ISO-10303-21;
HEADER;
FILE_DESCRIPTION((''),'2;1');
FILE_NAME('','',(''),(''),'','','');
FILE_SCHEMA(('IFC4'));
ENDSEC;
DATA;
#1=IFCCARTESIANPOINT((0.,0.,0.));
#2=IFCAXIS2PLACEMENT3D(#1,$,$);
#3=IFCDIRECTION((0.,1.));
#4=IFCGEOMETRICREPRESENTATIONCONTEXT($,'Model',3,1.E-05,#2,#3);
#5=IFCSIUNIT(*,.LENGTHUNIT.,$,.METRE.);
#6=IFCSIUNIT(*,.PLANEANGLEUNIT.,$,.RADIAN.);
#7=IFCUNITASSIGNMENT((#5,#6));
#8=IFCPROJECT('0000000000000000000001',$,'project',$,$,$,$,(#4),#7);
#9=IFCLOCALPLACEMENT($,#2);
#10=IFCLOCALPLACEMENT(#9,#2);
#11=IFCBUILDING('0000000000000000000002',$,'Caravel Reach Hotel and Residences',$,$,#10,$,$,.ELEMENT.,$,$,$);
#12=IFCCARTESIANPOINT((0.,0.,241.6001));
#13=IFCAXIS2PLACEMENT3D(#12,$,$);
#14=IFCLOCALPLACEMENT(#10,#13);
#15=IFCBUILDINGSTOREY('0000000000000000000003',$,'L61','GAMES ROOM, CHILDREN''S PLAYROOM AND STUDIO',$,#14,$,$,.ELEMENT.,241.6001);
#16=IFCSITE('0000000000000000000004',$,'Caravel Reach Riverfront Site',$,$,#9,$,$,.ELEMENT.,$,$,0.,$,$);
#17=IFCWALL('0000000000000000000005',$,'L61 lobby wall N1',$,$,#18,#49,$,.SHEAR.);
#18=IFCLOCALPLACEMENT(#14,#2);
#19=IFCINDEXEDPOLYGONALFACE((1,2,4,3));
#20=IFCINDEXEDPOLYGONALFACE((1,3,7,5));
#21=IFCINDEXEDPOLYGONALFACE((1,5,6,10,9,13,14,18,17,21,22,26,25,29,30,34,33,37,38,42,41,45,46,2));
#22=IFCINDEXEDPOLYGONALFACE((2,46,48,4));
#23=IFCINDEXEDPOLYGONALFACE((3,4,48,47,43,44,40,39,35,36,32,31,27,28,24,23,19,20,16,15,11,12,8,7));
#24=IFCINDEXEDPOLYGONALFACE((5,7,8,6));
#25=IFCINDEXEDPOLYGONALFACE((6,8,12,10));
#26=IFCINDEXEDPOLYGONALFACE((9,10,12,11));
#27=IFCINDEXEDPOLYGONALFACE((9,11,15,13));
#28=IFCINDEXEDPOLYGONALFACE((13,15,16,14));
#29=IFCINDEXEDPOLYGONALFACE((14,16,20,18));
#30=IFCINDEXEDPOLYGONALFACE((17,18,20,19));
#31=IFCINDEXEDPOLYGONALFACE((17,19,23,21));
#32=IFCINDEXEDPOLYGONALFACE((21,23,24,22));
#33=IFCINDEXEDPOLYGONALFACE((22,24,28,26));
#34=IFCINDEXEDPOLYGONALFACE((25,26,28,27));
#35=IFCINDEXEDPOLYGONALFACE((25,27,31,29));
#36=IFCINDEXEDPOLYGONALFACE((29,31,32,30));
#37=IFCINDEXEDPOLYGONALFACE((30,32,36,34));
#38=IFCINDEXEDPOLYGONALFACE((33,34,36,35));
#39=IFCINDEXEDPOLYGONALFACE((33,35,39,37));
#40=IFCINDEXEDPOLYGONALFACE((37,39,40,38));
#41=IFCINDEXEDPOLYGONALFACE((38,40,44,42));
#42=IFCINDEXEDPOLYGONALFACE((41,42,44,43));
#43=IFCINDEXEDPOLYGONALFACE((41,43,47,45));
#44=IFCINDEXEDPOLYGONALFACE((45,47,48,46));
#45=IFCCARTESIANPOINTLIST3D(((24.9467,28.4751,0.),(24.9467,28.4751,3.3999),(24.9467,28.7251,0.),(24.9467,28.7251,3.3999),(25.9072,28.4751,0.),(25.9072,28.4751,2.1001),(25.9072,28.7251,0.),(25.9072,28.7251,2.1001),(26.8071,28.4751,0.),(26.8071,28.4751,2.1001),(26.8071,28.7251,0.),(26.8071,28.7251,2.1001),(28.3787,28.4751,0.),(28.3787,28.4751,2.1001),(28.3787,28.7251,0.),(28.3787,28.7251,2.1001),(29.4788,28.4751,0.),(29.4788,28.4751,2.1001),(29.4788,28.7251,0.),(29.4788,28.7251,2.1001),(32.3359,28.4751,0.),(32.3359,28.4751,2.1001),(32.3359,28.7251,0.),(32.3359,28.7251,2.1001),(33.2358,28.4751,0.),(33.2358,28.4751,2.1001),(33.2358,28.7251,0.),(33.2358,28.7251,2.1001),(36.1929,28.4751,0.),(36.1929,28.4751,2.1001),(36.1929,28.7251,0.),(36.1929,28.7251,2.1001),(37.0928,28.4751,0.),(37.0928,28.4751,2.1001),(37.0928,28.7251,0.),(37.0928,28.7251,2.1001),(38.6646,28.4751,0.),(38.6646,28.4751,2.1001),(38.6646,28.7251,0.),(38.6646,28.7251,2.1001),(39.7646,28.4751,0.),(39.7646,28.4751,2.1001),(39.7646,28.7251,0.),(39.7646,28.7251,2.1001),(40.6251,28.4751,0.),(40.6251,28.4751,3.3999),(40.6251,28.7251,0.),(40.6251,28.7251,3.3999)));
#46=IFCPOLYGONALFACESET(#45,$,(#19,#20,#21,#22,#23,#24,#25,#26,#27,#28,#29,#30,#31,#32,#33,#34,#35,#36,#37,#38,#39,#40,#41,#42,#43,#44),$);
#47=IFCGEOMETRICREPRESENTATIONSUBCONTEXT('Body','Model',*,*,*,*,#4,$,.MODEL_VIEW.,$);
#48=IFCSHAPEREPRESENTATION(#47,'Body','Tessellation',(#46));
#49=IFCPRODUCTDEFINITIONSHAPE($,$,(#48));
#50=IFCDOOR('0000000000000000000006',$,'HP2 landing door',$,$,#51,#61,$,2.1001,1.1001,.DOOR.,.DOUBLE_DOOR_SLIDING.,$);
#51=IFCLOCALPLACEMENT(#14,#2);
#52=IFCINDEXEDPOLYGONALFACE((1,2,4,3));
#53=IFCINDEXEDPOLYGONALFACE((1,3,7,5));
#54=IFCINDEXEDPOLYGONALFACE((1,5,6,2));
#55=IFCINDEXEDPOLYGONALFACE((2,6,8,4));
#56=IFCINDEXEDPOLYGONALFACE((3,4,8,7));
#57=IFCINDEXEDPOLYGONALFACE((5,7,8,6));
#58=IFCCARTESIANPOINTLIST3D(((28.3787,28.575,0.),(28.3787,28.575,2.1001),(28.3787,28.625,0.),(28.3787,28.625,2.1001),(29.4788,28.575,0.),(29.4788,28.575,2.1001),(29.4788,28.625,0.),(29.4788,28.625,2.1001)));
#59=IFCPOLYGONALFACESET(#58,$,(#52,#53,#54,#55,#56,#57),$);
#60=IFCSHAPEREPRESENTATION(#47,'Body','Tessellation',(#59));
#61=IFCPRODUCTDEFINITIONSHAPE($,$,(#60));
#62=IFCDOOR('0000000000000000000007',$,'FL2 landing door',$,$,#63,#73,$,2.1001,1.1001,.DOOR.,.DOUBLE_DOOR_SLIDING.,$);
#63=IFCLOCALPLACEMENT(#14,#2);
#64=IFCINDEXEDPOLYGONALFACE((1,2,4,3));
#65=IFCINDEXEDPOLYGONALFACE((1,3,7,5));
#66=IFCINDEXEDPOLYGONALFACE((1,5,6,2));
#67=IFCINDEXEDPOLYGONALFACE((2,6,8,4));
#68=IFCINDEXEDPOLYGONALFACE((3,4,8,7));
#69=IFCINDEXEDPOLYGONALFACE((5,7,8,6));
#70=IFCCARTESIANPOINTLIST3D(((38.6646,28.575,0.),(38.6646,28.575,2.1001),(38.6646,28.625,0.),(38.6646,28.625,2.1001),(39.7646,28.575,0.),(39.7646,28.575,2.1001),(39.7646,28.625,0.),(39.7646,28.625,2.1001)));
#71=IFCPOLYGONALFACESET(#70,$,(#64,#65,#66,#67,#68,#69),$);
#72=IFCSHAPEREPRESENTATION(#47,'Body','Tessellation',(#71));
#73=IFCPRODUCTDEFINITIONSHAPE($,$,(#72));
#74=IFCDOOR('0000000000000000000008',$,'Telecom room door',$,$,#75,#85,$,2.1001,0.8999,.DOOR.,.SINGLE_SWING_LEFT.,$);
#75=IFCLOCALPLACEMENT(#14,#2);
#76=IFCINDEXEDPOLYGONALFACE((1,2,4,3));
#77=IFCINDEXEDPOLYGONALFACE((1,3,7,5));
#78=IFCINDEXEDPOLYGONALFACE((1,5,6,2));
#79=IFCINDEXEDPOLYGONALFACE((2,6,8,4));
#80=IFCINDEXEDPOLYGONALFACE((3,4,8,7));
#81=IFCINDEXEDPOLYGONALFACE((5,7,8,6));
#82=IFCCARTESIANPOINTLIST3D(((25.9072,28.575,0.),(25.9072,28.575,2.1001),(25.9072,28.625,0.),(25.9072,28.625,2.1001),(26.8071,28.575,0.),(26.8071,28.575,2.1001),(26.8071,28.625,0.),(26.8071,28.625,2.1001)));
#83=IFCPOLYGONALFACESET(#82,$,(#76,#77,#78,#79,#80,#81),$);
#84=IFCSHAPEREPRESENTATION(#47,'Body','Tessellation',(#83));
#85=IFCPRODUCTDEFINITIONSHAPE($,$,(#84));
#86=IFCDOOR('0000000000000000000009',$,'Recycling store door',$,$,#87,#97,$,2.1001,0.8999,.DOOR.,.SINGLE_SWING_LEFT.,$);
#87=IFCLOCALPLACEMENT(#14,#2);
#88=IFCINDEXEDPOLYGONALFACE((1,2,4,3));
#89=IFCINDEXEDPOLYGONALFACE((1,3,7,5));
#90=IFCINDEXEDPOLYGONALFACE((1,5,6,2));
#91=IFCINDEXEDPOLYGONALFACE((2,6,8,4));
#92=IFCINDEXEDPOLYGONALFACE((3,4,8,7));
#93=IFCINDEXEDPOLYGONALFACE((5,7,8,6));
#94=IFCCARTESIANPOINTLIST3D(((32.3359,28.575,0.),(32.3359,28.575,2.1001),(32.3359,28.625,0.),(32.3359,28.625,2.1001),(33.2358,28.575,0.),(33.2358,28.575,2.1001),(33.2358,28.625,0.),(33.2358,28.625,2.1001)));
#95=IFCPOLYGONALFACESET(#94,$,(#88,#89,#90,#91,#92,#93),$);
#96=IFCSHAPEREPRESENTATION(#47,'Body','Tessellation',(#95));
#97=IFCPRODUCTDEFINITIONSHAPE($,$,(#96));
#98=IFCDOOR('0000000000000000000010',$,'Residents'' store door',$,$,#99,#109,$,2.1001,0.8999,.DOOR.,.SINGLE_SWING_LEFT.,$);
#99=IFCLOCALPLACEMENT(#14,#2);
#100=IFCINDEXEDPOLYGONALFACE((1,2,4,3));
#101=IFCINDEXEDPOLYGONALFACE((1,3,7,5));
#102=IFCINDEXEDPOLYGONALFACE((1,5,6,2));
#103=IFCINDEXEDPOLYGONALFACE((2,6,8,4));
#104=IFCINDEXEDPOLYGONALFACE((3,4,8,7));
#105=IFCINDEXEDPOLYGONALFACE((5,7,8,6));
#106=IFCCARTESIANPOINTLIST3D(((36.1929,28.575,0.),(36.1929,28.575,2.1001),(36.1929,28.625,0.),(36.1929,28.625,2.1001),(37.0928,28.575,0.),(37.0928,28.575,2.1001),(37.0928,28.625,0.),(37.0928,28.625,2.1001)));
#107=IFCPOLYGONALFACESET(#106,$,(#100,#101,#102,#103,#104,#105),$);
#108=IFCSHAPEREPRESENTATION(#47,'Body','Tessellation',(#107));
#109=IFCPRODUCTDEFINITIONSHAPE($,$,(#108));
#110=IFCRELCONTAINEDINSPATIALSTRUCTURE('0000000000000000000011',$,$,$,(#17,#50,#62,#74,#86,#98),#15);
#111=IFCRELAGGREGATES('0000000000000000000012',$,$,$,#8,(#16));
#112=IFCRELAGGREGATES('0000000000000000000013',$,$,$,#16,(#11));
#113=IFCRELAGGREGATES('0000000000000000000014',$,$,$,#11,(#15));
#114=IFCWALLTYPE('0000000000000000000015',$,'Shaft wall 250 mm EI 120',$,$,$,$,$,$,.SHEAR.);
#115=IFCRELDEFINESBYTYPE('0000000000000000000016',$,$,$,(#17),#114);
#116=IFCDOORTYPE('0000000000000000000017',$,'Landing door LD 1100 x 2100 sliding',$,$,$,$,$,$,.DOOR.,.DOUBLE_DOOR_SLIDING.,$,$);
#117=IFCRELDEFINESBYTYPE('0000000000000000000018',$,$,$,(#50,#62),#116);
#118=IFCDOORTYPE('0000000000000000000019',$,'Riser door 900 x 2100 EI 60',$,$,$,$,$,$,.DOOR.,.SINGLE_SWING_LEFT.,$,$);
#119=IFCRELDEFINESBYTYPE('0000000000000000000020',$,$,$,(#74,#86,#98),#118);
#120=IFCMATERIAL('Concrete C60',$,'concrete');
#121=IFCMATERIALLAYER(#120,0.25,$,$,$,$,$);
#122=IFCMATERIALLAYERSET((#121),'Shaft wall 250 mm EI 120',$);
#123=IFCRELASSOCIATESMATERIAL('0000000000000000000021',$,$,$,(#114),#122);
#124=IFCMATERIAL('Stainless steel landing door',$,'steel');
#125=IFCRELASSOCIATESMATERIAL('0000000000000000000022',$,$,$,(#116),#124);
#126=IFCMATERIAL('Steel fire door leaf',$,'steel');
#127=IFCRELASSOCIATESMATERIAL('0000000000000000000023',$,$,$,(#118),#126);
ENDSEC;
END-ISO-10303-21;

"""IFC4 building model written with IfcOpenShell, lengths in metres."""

from ifc_helpers import new_model, si_unit, direction, frame, frame_2d, origin, place, context, subcontext, project, spatial, rectangle, extrude, material, layer, layer_set, type_object, element, fill, save


model = new_model("IFC4")

# Units and contexts
model_context = context("Model", 3, precision=1e-05, world=origin(), true_north=direction((0.0, 1.0)))
body_context = subcontext(model_context, "Body", "Model", "MODEL_VIEW")
ifc_project = project(units=[si_unit("LENGTHUNIT", "METRE"), si_unit("PLANEANGLEUNIT", "RADIAN")], contexts=[model_context])

# Site, building, storey
site_placement = place(None, origin())
site = spatial("IfcSite", under=ifc_project, at=site_placement, Name="Caravel Reach Riverfront Site", CompositionType="ELEMENT", RefElevation=0.0)
building_placement = place(site_placement, origin())
building = spatial("IfcBuilding", under=site, at=building_placement, Name="Caravel Reach Hotel and Residences", CompositionType="ELEMENT")
storey_placement = place(building_placement, frame((0.0, 0.0, 241.6001)))
storey = spatial("IfcBuildingStorey", under=building, at=storey_placement, Name="L61", Description="GAMES ROOM, CHILDREN'S PLAYROOM AND STUDIO", CompositionType="ELEMENT", Elevation=241.6001)

# Wall, openings, doors
ifc_material_1 = material(Name="Concrete C60", Category="concrete")
ifc_layer_1 = layer(ifc_material_1, 0.25)
ifc_layer_set_1 = layer_set([ifc_layer_1], Name="Shaft wall 250 mm EI 120")
wall_type_1 = type_object("IfcWallType", Name="Shaft wall 250 mm EI 120", PredefinedType="SHEAR", material=ifc_layer_set_1)
ifc_material_2 = material(Name="Stainless steel landing door", Category="steel")
door_type_1 = type_object("IfcDoorType", Name="Landing door LD 1100 x 2100 sliding", OperationType="DOUBLE_DOOR_SLIDING", PredefinedType="DOOR", material=ifc_material_2)
ifc_material_3 = material(Name="Steel fire door leaf", Category="steel")
door_type_2 = type_object("IfcDoorType", Name="Riser door 900 x 2100 EI 60", OperationType="SINGLE_SWING_LEFT", PredefinedType="DOOR", material=ifc_material_3)
wall_1_placement = place(storey_placement, frame((24.9465, 28.6001, 0.0), z_axis=(0.0, 0.0, 1.0), x_axis=(1.0, 0.0, 0.0)))
wall_1 = element("IfcWall", 1, at=wall_1_placement, inside=storey, type_object=wall_type_1, Name="L61 lobby wall N1", PredefinedType="SHEAR", context=body_context, shape_type="SweptSolid", body=[
    extrude(rectangle(XDim=15.6785, YDim=0.25, at=frame_2d((7.8394, 0.0))), origin(), (0.0, 0.0, 1.0), 3.3999),
])
opening_1_placement = place(wall_1_placement, frame((3.4321, 0.0, 0.0)))
opening_1 = element("IfcOpeningElement", 2, at=opening_1_placement, cuts=wall_1, PredefinedType="OPENING", context=body_context, shape_type="SweptSolid", body=[
    extrude(rectangle(XDim=1.1001, YDim=2.1001, at=frame_2d((0.55, 1.05))), frame((0.0, 0.135, 0.0), z_axis=(0.0, -1.0, 0.0), x_axis=(1.0, 0.0, 0.0)), (0.0, 0.0, 1.0), 0.27),
])
opening_2_placement = place(wall_1_placement, frame((13.718, 0.0, 0.0)))
opening_2 = element("IfcOpeningElement", 3, at=opening_2_placement, cuts=wall_1, PredefinedType="OPENING", context=body_context, shape_type="SweptSolid", body=[
    extrude(rectangle(XDim=1.1001, YDim=2.1001, at=frame_2d((0.55, 1.05))), frame((0.0, 0.135, 0.0), z_axis=(0.0, -1.0, 0.0), x_axis=(1.0, 0.0, 0.0)), (0.0, 0.0, 1.0), 0.27),
])
opening_3_placement = place(wall_1_placement, frame((0.9607, 0.0, 0.0)))
opening_3 = element("IfcOpeningElement", 4, at=opening_3_placement, cuts=wall_1, PredefinedType="OPENING", context=body_context, shape_type="SweptSolid", body=[
    extrude(rectangle(XDim=0.8999, YDim=2.1001, at=frame_2d((0.45, 1.05))), frame((0.0, 0.135, 0.0), z_axis=(0.0, -1.0, 0.0), x_axis=(1.0, 0.0, 0.0)), (0.0, 0.0, 1.0), 0.27),
])
opening_4_placement = place(wall_1_placement, frame((7.3894, 0.0, 0.0)))
opening_4 = element("IfcOpeningElement", 5, at=opening_4_placement, cuts=wall_1, PredefinedType="OPENING", context=body_context, shape_type="SweptSolid", body=[
    extrude(rectangle(XDim=0.8999, YDim=2.1001, at=frame_2d((0.45, 1.05))), frame((0.0, 0.135, 0.0), z_axis=(0.0, -1.0, 0.0), x_axis=(1.0, 0.0, 0.0)), (0.0, 0.0, 1.0), 0.27),
])
opening_5_placement = place(wall_1_placement, frame((11.2463, 0.0, 0.0)))
opening_5 = element("IfcOpeningElement", 6, at=opening_5_placement, cuts=wall_1, PredefinedType="OPENING", context=body_context, shape_type="SweptSolid", body=[
    extrude(rectangle(XDim=0.8999, YDim=2.1001, at=frame_2d((0.45, 1.05))), frame((0.0, 0.135, 0.0), z_axis=(0.0, -1.0, 0.0), x_axis=(1.0, 0.0, 0.0)), (0.0, 0.0, 1.0), 0.27),
])
door_1_placement = place(opening_1_placement, origin())
door_1 = element("IfcDoor", 7, at=door_1_placement, inside=storey, type_object=door_type_1, Name="HP2 landing door", OperationType="DOUBLE_DOOR_SLIDING", OverallHeight=2.1001, OverallWidth=1.1001, PredefinedType="DOOR", context=body_context, shape_type="SweptSolid", body=[
    extrude(rectangle(XDim=1.1001, YDim=2.1001, at=frame_2d((0.55, 1.05))), frame((0.0, 0.0249, 0.0), z_axis=(0.0, -1.0, 0.0), x_axis=(1.0, 0.0, 0.0)), (0.0, 0.0, 1.0), 0.05),
])
fill(opening_1, door_1)
door_2_placement = place(opening_2_placement, origin())
door_2 = element("IfcDoor", 8, at=door_2_placement, inside=storey, type_object=door_type_1, Name="FL2 landing door", OperationType="DOUBLE_DOOR_SLIDING", OverallHeight=2.1001, OverallWidth=1.1001, PredefinedType="DOOR", context=body_context, shape_type="SweptSolid", body=[
    extrude(rectangle(XDim=1.1001, YDim=2.1001, at=frame_2d((0.55, 1.05))), frame((0.0, 0.0249, 0.0), z_axis=(0.0, -1.0, 0.0), x_axis=(1.0, 0.0, 0.0)), (0.0, 0.0, 1.0), 0.05),
])
fill(opening_2, door_2)
door_3_placement = place(opening_3_placement, origin())
door_3 = element("IfcDoor", 9, at=door_3_placement, inside=storey, type_object=door_type_2, Name="Telecom room door", OperationType="SINGLE_SWING_LEFT", OverallHeight=2.1001, OverallWidth=0.8999, PredefinedType="DOOR", context=body_context, shape_type="SweptSolid", body=[
    extrude(rectangle(XDim=0.8999, YDim=2.1001, at=frame_2d((0.45, 1.05))), frame((0.0, 0.0249, 0.0), z_axis=(0.0, -1.0, 0.0), x_axis=(1.0, 0.0, 0.0)), (0.0, 0.0, 1.0), 0.05),
])
fill(opening_3, door_3)
door_4_placement = place(opening_4_placement, origin())
door_4 = element("IfcDoor", 10, at=door_4_placement, inside=storey, type_object=door_type_2, Name="Recycling store door", OperationType="SINGLE_SWING_LEFT", OverallHeight=2.1001, OverallWidth=0.8999, PredefinedType="DOOR", context=body_context, shape_type="SweptSolid", body=[
    extrude(rectangle(XDim=0.8999, YDim=2.1001, at=frame_2d((0.45, 1.05))), frame((0.0, 0.0249, 0.0), z_axis=(0.0, -1.0, 0.0), x_axis=(1.0, 0.0, 0.0)), (0.0, 0.0, 1.0), 0.05),
])
fill(opening_4, door_4)
door_5_placement = place(opening_5_placement, origin())
door_5 = element("IfcDoor", 11, at=door_5_placement, inside=storey, type_object=door_type_2, Name="Residents' store door", OperationType="SINGLE_SWING_LEFT", OverallHeight=2.1001, OverallWidth=0.8999, PredefinedType="DOOR", context=body_context, shape_type="SweptSolid", body=[
    extrude(rectangle(XDim=0.8999, YDim=2.1001, at=frame_2d((0.45, 1.05))), frame((0.0, 0.0249, 0.0), z_axis=(0.0, -1.0, 0.0), x_axis=(1.0, 0.0, 0.0)), (0.0, 0.0, 1.0), 0.05),
])
fill(opening_5, door_5)

save(model, "model.ifc")
